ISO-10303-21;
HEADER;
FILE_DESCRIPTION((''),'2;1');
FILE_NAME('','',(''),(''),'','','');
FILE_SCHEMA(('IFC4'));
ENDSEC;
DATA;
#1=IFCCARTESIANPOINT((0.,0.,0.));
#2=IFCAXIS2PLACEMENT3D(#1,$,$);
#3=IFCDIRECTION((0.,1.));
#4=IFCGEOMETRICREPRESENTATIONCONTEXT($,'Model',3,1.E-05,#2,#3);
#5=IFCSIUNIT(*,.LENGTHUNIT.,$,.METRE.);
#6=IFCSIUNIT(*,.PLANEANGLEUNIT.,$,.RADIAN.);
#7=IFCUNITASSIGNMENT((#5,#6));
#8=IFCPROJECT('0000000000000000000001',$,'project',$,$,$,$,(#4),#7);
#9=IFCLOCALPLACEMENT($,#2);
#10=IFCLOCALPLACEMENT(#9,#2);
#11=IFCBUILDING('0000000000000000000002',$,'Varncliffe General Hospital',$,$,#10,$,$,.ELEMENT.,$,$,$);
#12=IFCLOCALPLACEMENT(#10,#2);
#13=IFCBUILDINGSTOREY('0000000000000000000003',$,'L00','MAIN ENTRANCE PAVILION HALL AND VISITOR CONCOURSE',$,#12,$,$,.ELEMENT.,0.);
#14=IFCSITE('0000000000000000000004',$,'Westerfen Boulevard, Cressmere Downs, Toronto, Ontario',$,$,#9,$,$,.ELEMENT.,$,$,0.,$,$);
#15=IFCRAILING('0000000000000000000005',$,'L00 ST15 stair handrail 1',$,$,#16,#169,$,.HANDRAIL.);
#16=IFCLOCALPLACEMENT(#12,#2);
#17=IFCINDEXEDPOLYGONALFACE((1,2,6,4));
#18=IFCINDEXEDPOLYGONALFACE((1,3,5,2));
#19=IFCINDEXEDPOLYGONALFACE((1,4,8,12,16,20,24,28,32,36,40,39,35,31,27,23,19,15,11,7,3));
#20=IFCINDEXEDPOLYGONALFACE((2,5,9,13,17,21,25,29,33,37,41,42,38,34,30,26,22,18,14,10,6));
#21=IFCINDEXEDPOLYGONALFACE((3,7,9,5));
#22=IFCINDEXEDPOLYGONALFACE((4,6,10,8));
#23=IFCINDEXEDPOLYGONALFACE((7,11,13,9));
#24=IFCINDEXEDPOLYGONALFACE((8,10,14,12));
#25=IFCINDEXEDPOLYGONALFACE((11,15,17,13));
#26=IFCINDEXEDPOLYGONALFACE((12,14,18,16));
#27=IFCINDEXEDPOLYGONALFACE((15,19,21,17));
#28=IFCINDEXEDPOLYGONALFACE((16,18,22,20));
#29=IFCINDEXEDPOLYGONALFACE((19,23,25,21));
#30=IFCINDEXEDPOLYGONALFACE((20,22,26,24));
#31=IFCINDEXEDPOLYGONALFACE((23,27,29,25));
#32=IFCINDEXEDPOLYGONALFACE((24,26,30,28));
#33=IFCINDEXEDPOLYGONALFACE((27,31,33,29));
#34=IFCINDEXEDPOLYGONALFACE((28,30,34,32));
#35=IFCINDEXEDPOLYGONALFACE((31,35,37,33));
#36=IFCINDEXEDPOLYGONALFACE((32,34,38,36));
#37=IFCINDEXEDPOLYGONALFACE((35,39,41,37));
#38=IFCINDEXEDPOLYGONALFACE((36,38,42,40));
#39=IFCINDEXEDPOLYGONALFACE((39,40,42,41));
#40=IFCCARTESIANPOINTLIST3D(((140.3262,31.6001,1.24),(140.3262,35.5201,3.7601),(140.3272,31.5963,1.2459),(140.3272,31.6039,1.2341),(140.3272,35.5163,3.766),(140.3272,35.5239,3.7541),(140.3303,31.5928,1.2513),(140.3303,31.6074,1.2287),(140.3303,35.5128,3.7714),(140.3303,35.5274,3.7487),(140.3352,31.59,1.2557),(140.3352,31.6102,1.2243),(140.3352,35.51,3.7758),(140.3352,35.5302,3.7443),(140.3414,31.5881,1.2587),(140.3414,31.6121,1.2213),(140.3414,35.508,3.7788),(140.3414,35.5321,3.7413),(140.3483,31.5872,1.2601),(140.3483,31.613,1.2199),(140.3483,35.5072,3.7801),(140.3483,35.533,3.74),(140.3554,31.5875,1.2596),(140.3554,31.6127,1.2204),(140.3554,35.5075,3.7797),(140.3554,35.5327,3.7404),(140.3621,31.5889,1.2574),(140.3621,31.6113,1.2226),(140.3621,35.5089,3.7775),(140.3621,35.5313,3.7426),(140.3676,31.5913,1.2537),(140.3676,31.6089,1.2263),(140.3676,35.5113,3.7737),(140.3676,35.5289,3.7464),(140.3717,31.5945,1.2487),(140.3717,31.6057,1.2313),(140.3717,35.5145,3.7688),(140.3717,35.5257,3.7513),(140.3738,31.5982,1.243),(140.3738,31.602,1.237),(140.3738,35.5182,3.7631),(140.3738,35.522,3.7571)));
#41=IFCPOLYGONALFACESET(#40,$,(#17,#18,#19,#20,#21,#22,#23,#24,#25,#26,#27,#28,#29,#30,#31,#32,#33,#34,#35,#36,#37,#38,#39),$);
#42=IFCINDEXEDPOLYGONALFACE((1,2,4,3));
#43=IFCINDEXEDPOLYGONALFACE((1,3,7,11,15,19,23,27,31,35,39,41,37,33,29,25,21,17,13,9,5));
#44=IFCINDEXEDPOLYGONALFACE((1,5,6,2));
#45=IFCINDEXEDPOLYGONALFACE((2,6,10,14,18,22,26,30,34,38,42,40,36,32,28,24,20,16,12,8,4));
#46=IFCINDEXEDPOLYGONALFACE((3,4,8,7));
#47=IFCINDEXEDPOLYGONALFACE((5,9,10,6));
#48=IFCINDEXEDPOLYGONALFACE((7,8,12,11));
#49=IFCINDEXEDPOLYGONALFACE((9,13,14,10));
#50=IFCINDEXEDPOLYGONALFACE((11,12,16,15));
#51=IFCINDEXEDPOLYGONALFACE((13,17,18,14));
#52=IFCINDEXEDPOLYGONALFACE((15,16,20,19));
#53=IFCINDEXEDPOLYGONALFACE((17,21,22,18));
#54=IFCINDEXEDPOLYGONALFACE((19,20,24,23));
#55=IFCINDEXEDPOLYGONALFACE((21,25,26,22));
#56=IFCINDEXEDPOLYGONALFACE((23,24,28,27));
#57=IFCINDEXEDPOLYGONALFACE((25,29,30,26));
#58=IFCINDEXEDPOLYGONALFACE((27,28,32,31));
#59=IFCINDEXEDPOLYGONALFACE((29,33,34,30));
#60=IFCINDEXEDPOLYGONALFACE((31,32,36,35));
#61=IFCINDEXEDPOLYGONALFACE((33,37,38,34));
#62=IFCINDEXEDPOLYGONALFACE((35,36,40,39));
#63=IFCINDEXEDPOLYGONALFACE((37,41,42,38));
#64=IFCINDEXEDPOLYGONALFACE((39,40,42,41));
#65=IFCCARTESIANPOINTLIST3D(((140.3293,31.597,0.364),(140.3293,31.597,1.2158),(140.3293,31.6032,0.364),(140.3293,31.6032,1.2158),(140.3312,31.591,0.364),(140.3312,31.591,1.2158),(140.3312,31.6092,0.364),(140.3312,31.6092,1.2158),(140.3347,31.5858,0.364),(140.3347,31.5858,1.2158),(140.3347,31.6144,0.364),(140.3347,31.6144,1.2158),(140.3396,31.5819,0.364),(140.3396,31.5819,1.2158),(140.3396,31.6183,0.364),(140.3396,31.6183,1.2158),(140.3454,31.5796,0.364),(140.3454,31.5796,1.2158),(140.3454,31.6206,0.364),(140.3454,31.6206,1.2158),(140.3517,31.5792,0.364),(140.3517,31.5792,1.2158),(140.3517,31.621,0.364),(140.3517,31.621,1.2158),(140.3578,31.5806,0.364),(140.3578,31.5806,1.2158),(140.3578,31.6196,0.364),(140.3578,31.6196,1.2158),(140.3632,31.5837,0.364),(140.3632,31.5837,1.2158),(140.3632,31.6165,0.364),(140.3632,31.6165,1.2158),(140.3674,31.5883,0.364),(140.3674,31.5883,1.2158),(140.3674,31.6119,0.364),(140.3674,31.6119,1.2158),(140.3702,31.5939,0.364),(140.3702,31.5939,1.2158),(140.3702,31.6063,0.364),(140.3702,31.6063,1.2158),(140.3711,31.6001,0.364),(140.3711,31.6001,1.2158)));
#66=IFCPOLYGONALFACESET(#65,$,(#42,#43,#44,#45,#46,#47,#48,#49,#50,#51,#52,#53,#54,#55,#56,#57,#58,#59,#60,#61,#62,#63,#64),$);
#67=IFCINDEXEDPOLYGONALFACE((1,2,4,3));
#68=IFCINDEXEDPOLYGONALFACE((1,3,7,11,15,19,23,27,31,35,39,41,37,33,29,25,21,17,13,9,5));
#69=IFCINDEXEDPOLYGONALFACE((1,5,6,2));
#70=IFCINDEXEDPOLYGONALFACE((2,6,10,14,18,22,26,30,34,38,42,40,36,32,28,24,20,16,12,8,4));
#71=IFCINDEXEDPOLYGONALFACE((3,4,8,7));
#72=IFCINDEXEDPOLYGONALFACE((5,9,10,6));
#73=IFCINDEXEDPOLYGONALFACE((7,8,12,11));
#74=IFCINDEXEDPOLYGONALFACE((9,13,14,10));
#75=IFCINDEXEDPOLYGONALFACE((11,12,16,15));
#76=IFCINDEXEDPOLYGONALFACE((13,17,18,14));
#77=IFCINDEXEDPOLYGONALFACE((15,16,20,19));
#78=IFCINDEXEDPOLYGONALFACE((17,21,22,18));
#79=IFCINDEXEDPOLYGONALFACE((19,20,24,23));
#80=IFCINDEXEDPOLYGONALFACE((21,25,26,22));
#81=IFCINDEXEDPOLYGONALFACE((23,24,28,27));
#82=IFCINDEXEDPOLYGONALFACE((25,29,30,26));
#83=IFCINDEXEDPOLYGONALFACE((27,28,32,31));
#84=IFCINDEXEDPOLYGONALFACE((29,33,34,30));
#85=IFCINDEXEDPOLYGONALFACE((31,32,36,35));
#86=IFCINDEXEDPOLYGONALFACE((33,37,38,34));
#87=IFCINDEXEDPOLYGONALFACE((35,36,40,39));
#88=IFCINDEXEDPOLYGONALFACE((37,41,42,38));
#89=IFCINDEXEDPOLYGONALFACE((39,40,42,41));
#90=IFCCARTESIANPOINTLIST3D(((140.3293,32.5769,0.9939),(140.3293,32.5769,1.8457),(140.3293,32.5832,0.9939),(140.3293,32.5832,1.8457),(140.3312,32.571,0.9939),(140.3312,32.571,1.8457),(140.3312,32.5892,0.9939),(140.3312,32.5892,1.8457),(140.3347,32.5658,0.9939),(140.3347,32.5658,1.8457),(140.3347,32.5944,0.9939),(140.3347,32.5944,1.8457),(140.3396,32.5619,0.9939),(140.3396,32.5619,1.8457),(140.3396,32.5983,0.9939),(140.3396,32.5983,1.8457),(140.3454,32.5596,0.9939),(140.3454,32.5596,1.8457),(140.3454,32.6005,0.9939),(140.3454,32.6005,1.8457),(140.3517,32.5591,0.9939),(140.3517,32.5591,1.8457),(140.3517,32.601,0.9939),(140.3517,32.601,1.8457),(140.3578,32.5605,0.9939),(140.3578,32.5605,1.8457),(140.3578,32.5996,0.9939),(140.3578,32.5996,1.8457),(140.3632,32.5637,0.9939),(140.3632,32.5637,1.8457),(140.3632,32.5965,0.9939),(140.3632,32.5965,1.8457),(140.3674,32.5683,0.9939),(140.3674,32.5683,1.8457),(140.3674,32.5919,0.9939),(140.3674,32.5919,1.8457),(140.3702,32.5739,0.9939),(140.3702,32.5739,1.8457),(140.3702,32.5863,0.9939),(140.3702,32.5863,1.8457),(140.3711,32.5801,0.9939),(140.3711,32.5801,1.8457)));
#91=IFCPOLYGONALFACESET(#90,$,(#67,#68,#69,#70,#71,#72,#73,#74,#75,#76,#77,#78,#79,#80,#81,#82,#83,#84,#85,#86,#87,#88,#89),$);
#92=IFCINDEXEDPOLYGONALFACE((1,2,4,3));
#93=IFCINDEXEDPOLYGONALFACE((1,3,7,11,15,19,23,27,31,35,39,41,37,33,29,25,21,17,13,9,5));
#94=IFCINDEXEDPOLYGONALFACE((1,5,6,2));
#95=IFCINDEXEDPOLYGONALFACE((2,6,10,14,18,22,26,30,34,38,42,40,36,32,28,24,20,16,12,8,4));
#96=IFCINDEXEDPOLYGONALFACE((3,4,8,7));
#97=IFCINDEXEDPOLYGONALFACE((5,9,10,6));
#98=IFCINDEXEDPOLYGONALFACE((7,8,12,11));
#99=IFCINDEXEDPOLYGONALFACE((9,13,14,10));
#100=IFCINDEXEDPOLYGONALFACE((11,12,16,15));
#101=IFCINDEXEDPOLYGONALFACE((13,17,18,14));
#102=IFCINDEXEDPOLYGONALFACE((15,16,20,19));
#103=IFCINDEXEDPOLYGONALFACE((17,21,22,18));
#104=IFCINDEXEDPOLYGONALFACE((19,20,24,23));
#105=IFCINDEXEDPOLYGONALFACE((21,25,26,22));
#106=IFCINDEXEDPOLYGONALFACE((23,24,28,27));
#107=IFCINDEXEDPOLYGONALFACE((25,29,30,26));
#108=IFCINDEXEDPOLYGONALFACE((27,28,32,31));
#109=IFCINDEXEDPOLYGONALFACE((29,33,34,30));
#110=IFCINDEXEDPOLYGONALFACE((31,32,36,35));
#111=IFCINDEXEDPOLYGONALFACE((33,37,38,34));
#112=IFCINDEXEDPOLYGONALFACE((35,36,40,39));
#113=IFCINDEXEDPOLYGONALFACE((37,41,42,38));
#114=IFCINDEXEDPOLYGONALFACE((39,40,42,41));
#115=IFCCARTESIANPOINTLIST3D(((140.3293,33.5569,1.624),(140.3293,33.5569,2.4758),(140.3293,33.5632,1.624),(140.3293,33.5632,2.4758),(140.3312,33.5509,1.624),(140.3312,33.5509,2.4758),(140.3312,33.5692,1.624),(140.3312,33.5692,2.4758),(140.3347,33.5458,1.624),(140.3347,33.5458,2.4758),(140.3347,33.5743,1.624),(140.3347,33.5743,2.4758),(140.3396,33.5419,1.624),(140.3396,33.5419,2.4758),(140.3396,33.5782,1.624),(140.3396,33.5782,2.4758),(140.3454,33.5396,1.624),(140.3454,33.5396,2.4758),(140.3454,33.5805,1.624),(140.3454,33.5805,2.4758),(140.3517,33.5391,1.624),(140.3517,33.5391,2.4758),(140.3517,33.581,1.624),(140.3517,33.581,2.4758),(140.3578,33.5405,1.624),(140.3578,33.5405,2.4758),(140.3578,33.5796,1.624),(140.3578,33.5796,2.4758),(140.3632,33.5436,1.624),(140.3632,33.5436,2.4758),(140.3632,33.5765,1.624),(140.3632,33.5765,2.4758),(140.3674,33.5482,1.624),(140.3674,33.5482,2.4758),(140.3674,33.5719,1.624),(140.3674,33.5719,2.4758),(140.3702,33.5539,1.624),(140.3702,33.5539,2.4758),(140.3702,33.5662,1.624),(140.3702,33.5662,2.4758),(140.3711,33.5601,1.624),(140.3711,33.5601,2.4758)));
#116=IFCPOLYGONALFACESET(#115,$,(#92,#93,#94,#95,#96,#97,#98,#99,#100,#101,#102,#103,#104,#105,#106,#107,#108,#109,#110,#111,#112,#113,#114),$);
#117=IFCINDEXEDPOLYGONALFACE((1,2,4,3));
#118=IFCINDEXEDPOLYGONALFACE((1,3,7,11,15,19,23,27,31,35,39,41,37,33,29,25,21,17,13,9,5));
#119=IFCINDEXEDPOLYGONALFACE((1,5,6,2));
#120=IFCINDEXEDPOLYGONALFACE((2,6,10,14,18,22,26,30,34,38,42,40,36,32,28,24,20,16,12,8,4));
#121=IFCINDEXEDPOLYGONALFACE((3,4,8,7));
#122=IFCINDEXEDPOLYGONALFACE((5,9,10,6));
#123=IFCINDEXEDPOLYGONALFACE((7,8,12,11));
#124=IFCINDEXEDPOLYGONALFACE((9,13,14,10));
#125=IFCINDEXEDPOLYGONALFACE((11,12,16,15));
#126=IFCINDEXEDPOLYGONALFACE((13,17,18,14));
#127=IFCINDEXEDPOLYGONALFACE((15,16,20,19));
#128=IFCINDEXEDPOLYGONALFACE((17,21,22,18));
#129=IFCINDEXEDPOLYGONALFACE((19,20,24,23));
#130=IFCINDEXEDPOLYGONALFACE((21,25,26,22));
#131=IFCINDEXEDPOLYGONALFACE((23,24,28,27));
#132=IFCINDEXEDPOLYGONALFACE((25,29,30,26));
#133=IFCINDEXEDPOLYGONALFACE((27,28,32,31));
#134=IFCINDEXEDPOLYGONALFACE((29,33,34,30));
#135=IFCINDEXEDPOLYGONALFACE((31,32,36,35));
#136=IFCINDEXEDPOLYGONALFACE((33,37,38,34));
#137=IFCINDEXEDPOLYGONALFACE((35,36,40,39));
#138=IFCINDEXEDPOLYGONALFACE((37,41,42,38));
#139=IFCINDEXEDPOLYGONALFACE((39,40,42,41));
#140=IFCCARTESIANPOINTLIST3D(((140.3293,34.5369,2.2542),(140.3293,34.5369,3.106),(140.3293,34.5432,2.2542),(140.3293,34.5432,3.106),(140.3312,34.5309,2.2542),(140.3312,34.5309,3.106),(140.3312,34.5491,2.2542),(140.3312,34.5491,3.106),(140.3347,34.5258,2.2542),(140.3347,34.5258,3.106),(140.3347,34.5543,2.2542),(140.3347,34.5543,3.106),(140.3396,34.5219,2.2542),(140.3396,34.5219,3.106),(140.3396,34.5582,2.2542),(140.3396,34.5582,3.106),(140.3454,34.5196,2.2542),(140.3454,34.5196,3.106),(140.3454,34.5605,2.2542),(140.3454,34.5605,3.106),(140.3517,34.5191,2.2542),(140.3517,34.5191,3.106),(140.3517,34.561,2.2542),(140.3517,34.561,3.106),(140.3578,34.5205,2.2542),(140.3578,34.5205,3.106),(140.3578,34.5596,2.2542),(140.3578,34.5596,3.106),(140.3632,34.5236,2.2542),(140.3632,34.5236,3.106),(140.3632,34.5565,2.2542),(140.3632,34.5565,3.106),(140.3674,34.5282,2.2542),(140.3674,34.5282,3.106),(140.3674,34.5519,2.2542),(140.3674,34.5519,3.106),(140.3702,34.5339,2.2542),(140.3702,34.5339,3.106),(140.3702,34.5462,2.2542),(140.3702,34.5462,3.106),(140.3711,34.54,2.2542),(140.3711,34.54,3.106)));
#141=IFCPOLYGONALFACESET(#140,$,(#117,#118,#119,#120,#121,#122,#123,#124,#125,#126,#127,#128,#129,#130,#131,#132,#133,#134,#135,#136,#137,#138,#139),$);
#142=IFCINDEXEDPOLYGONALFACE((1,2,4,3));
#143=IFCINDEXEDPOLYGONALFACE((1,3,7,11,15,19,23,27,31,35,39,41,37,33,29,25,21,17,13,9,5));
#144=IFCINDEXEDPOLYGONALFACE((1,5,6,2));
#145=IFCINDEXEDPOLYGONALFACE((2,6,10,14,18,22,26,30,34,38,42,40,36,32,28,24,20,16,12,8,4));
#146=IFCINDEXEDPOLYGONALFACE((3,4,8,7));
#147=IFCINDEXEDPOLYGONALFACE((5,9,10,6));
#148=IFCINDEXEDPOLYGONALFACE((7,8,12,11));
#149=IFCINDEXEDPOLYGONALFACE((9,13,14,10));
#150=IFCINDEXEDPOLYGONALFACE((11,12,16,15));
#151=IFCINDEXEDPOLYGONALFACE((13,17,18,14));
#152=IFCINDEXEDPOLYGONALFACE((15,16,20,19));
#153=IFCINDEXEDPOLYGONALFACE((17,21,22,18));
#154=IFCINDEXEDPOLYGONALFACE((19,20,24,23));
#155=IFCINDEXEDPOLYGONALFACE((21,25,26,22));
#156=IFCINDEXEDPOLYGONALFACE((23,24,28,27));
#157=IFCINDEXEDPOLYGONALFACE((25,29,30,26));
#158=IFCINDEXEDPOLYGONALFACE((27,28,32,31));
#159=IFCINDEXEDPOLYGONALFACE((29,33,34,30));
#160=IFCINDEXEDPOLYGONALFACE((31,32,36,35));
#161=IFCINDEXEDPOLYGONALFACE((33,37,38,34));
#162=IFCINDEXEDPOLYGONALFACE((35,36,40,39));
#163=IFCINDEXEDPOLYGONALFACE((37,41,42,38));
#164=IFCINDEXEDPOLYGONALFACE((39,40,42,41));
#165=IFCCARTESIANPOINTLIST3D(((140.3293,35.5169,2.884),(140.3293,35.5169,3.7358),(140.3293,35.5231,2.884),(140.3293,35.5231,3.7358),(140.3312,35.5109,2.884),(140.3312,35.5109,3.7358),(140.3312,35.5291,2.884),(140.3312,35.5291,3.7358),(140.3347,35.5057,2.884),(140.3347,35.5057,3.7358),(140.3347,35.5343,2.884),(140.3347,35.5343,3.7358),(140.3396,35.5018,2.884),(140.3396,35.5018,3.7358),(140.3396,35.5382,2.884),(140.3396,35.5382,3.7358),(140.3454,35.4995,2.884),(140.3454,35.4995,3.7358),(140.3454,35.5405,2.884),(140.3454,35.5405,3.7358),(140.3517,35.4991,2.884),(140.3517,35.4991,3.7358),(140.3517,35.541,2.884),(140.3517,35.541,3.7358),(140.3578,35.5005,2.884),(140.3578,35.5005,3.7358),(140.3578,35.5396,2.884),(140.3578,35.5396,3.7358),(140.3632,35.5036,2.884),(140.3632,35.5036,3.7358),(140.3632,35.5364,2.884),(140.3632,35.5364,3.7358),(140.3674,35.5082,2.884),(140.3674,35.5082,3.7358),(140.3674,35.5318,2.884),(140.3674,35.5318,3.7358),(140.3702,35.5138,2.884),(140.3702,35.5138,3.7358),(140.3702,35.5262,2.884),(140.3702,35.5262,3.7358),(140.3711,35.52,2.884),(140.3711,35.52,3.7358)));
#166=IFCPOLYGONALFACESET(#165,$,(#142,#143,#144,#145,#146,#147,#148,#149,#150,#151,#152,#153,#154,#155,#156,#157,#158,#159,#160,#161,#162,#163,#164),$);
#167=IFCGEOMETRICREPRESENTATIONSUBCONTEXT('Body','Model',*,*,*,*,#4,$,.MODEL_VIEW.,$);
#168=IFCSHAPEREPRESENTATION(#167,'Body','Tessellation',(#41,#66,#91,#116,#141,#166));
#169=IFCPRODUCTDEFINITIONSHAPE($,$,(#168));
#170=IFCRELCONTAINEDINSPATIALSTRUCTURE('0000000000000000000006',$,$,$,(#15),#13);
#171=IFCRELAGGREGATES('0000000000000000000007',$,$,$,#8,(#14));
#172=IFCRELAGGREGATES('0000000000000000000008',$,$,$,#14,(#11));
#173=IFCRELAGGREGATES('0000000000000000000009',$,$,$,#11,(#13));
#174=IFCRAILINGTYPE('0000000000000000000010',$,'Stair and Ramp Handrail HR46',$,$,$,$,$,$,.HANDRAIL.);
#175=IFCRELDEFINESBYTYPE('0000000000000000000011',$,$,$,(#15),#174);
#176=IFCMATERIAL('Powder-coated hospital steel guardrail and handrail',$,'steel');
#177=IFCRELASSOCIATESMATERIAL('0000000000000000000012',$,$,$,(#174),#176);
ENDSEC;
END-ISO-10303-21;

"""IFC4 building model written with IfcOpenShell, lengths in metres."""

from ifc_helpers import new_model, si_unit, direction, frame, origin, origin_2d, place, context, subcontext, project, spatial, circle, extrude, material, type_object, element, save


model = new_model("IFC4")

# Units and contexts
model_context = context("Model", 3, precision=1e-05, world=origin(), true_north=direction((0.0, 1.0)))
body_context = subcontext(model_context, "Body", "Model", "MODEL_VIEW")
ifc_project = project(units=[si_unit("LENGTHUNIT", "METRE"), si_unit("PLANEANGLEUNIT", "RADIAN")], contexts=[model_context])

# Site, building, storey
site_placement = place(None, origin())
site = spatial("IfcSite", under=ifc_project, at=site_placement, Name="Westerfen Boulevard, Cressmere Downs, Toronto, Ontario", CompositionType="ELEMENT", RefElevation=0.0)
building_placement = place(site_placement, origin())
building = spatial("IfcBuilding", under=site, at=building_placement, Name="Varncliffe General Hospital", CompositionType="ELEMENT")
storey_placement = place(building_placement, origin())
storey = spatial("IfcBuildingStorey", under=building, at=storey_placement, Name="L00", Description="MAIN ENTRANCE PAVILION HALL AND VISITOR CONCOURSE", CompositionType="ELEMENT", Elevation=0.0)

# Railing
ifc_material_1 = material(Name="Powder-coated hospital steel guardrail and handrail", Category="steel")
railing_type_1 = type_object("IfcRailingType", Name="Stair and Ramp Handrail HR46", PredefinedType="HANDRAIL", material=ifc_material_1)
railing_1_placement = place(storey_placement, frame((140.3501, 31.6001, 0.364)))
element("IfcRailing", 1, at=railing_1_placement, inside=storey, type_object=railing_type_1, Name="L00 ST15 stair handrail 1", PredefinedType="HANDRAIL", context=body_context, shape_type="SweptSolid", body=[
    extrude(circle(Radius=0.0239, at=origin_2d()), frame((0.0, 0.0, 0.876), z_axis=(0.0, 0.841172, 0.540768), x_axis=(-1.0, 0.0, 0.0)), (0.0, 0.0, 1.0), 4.6602),
    extrude(circle(Radius=0.021, at=origin_2d()), origin(), (0.0, 0.0, 1.0), 0.8518),
    extrude(circle(Radius=0.021, at=origin_2d()), frame((0.0, 0.98, 0.6299)), (0.0, 0.0, 1.0), 0.8518),
    extrude(circle(Radius=0.021, at=origin_2d()), frame((0.0, 1.96, 1.26)), (0.0, 0.0, 1.0), 0.8518),
    extrude(circle(Radius=0.021, at=origin_2d()), frame((0.0, 2.9399, 1.8901)), (0.0, 0.0, 1.0), 0.8518),
    extrude(circle(Radius=0.021, at=origin_2d()), frame((0.0, 3.9199, 2.52)), (0.0, 0.0, 1.0), 0.8518),
])

save(model, "model.ifc")
